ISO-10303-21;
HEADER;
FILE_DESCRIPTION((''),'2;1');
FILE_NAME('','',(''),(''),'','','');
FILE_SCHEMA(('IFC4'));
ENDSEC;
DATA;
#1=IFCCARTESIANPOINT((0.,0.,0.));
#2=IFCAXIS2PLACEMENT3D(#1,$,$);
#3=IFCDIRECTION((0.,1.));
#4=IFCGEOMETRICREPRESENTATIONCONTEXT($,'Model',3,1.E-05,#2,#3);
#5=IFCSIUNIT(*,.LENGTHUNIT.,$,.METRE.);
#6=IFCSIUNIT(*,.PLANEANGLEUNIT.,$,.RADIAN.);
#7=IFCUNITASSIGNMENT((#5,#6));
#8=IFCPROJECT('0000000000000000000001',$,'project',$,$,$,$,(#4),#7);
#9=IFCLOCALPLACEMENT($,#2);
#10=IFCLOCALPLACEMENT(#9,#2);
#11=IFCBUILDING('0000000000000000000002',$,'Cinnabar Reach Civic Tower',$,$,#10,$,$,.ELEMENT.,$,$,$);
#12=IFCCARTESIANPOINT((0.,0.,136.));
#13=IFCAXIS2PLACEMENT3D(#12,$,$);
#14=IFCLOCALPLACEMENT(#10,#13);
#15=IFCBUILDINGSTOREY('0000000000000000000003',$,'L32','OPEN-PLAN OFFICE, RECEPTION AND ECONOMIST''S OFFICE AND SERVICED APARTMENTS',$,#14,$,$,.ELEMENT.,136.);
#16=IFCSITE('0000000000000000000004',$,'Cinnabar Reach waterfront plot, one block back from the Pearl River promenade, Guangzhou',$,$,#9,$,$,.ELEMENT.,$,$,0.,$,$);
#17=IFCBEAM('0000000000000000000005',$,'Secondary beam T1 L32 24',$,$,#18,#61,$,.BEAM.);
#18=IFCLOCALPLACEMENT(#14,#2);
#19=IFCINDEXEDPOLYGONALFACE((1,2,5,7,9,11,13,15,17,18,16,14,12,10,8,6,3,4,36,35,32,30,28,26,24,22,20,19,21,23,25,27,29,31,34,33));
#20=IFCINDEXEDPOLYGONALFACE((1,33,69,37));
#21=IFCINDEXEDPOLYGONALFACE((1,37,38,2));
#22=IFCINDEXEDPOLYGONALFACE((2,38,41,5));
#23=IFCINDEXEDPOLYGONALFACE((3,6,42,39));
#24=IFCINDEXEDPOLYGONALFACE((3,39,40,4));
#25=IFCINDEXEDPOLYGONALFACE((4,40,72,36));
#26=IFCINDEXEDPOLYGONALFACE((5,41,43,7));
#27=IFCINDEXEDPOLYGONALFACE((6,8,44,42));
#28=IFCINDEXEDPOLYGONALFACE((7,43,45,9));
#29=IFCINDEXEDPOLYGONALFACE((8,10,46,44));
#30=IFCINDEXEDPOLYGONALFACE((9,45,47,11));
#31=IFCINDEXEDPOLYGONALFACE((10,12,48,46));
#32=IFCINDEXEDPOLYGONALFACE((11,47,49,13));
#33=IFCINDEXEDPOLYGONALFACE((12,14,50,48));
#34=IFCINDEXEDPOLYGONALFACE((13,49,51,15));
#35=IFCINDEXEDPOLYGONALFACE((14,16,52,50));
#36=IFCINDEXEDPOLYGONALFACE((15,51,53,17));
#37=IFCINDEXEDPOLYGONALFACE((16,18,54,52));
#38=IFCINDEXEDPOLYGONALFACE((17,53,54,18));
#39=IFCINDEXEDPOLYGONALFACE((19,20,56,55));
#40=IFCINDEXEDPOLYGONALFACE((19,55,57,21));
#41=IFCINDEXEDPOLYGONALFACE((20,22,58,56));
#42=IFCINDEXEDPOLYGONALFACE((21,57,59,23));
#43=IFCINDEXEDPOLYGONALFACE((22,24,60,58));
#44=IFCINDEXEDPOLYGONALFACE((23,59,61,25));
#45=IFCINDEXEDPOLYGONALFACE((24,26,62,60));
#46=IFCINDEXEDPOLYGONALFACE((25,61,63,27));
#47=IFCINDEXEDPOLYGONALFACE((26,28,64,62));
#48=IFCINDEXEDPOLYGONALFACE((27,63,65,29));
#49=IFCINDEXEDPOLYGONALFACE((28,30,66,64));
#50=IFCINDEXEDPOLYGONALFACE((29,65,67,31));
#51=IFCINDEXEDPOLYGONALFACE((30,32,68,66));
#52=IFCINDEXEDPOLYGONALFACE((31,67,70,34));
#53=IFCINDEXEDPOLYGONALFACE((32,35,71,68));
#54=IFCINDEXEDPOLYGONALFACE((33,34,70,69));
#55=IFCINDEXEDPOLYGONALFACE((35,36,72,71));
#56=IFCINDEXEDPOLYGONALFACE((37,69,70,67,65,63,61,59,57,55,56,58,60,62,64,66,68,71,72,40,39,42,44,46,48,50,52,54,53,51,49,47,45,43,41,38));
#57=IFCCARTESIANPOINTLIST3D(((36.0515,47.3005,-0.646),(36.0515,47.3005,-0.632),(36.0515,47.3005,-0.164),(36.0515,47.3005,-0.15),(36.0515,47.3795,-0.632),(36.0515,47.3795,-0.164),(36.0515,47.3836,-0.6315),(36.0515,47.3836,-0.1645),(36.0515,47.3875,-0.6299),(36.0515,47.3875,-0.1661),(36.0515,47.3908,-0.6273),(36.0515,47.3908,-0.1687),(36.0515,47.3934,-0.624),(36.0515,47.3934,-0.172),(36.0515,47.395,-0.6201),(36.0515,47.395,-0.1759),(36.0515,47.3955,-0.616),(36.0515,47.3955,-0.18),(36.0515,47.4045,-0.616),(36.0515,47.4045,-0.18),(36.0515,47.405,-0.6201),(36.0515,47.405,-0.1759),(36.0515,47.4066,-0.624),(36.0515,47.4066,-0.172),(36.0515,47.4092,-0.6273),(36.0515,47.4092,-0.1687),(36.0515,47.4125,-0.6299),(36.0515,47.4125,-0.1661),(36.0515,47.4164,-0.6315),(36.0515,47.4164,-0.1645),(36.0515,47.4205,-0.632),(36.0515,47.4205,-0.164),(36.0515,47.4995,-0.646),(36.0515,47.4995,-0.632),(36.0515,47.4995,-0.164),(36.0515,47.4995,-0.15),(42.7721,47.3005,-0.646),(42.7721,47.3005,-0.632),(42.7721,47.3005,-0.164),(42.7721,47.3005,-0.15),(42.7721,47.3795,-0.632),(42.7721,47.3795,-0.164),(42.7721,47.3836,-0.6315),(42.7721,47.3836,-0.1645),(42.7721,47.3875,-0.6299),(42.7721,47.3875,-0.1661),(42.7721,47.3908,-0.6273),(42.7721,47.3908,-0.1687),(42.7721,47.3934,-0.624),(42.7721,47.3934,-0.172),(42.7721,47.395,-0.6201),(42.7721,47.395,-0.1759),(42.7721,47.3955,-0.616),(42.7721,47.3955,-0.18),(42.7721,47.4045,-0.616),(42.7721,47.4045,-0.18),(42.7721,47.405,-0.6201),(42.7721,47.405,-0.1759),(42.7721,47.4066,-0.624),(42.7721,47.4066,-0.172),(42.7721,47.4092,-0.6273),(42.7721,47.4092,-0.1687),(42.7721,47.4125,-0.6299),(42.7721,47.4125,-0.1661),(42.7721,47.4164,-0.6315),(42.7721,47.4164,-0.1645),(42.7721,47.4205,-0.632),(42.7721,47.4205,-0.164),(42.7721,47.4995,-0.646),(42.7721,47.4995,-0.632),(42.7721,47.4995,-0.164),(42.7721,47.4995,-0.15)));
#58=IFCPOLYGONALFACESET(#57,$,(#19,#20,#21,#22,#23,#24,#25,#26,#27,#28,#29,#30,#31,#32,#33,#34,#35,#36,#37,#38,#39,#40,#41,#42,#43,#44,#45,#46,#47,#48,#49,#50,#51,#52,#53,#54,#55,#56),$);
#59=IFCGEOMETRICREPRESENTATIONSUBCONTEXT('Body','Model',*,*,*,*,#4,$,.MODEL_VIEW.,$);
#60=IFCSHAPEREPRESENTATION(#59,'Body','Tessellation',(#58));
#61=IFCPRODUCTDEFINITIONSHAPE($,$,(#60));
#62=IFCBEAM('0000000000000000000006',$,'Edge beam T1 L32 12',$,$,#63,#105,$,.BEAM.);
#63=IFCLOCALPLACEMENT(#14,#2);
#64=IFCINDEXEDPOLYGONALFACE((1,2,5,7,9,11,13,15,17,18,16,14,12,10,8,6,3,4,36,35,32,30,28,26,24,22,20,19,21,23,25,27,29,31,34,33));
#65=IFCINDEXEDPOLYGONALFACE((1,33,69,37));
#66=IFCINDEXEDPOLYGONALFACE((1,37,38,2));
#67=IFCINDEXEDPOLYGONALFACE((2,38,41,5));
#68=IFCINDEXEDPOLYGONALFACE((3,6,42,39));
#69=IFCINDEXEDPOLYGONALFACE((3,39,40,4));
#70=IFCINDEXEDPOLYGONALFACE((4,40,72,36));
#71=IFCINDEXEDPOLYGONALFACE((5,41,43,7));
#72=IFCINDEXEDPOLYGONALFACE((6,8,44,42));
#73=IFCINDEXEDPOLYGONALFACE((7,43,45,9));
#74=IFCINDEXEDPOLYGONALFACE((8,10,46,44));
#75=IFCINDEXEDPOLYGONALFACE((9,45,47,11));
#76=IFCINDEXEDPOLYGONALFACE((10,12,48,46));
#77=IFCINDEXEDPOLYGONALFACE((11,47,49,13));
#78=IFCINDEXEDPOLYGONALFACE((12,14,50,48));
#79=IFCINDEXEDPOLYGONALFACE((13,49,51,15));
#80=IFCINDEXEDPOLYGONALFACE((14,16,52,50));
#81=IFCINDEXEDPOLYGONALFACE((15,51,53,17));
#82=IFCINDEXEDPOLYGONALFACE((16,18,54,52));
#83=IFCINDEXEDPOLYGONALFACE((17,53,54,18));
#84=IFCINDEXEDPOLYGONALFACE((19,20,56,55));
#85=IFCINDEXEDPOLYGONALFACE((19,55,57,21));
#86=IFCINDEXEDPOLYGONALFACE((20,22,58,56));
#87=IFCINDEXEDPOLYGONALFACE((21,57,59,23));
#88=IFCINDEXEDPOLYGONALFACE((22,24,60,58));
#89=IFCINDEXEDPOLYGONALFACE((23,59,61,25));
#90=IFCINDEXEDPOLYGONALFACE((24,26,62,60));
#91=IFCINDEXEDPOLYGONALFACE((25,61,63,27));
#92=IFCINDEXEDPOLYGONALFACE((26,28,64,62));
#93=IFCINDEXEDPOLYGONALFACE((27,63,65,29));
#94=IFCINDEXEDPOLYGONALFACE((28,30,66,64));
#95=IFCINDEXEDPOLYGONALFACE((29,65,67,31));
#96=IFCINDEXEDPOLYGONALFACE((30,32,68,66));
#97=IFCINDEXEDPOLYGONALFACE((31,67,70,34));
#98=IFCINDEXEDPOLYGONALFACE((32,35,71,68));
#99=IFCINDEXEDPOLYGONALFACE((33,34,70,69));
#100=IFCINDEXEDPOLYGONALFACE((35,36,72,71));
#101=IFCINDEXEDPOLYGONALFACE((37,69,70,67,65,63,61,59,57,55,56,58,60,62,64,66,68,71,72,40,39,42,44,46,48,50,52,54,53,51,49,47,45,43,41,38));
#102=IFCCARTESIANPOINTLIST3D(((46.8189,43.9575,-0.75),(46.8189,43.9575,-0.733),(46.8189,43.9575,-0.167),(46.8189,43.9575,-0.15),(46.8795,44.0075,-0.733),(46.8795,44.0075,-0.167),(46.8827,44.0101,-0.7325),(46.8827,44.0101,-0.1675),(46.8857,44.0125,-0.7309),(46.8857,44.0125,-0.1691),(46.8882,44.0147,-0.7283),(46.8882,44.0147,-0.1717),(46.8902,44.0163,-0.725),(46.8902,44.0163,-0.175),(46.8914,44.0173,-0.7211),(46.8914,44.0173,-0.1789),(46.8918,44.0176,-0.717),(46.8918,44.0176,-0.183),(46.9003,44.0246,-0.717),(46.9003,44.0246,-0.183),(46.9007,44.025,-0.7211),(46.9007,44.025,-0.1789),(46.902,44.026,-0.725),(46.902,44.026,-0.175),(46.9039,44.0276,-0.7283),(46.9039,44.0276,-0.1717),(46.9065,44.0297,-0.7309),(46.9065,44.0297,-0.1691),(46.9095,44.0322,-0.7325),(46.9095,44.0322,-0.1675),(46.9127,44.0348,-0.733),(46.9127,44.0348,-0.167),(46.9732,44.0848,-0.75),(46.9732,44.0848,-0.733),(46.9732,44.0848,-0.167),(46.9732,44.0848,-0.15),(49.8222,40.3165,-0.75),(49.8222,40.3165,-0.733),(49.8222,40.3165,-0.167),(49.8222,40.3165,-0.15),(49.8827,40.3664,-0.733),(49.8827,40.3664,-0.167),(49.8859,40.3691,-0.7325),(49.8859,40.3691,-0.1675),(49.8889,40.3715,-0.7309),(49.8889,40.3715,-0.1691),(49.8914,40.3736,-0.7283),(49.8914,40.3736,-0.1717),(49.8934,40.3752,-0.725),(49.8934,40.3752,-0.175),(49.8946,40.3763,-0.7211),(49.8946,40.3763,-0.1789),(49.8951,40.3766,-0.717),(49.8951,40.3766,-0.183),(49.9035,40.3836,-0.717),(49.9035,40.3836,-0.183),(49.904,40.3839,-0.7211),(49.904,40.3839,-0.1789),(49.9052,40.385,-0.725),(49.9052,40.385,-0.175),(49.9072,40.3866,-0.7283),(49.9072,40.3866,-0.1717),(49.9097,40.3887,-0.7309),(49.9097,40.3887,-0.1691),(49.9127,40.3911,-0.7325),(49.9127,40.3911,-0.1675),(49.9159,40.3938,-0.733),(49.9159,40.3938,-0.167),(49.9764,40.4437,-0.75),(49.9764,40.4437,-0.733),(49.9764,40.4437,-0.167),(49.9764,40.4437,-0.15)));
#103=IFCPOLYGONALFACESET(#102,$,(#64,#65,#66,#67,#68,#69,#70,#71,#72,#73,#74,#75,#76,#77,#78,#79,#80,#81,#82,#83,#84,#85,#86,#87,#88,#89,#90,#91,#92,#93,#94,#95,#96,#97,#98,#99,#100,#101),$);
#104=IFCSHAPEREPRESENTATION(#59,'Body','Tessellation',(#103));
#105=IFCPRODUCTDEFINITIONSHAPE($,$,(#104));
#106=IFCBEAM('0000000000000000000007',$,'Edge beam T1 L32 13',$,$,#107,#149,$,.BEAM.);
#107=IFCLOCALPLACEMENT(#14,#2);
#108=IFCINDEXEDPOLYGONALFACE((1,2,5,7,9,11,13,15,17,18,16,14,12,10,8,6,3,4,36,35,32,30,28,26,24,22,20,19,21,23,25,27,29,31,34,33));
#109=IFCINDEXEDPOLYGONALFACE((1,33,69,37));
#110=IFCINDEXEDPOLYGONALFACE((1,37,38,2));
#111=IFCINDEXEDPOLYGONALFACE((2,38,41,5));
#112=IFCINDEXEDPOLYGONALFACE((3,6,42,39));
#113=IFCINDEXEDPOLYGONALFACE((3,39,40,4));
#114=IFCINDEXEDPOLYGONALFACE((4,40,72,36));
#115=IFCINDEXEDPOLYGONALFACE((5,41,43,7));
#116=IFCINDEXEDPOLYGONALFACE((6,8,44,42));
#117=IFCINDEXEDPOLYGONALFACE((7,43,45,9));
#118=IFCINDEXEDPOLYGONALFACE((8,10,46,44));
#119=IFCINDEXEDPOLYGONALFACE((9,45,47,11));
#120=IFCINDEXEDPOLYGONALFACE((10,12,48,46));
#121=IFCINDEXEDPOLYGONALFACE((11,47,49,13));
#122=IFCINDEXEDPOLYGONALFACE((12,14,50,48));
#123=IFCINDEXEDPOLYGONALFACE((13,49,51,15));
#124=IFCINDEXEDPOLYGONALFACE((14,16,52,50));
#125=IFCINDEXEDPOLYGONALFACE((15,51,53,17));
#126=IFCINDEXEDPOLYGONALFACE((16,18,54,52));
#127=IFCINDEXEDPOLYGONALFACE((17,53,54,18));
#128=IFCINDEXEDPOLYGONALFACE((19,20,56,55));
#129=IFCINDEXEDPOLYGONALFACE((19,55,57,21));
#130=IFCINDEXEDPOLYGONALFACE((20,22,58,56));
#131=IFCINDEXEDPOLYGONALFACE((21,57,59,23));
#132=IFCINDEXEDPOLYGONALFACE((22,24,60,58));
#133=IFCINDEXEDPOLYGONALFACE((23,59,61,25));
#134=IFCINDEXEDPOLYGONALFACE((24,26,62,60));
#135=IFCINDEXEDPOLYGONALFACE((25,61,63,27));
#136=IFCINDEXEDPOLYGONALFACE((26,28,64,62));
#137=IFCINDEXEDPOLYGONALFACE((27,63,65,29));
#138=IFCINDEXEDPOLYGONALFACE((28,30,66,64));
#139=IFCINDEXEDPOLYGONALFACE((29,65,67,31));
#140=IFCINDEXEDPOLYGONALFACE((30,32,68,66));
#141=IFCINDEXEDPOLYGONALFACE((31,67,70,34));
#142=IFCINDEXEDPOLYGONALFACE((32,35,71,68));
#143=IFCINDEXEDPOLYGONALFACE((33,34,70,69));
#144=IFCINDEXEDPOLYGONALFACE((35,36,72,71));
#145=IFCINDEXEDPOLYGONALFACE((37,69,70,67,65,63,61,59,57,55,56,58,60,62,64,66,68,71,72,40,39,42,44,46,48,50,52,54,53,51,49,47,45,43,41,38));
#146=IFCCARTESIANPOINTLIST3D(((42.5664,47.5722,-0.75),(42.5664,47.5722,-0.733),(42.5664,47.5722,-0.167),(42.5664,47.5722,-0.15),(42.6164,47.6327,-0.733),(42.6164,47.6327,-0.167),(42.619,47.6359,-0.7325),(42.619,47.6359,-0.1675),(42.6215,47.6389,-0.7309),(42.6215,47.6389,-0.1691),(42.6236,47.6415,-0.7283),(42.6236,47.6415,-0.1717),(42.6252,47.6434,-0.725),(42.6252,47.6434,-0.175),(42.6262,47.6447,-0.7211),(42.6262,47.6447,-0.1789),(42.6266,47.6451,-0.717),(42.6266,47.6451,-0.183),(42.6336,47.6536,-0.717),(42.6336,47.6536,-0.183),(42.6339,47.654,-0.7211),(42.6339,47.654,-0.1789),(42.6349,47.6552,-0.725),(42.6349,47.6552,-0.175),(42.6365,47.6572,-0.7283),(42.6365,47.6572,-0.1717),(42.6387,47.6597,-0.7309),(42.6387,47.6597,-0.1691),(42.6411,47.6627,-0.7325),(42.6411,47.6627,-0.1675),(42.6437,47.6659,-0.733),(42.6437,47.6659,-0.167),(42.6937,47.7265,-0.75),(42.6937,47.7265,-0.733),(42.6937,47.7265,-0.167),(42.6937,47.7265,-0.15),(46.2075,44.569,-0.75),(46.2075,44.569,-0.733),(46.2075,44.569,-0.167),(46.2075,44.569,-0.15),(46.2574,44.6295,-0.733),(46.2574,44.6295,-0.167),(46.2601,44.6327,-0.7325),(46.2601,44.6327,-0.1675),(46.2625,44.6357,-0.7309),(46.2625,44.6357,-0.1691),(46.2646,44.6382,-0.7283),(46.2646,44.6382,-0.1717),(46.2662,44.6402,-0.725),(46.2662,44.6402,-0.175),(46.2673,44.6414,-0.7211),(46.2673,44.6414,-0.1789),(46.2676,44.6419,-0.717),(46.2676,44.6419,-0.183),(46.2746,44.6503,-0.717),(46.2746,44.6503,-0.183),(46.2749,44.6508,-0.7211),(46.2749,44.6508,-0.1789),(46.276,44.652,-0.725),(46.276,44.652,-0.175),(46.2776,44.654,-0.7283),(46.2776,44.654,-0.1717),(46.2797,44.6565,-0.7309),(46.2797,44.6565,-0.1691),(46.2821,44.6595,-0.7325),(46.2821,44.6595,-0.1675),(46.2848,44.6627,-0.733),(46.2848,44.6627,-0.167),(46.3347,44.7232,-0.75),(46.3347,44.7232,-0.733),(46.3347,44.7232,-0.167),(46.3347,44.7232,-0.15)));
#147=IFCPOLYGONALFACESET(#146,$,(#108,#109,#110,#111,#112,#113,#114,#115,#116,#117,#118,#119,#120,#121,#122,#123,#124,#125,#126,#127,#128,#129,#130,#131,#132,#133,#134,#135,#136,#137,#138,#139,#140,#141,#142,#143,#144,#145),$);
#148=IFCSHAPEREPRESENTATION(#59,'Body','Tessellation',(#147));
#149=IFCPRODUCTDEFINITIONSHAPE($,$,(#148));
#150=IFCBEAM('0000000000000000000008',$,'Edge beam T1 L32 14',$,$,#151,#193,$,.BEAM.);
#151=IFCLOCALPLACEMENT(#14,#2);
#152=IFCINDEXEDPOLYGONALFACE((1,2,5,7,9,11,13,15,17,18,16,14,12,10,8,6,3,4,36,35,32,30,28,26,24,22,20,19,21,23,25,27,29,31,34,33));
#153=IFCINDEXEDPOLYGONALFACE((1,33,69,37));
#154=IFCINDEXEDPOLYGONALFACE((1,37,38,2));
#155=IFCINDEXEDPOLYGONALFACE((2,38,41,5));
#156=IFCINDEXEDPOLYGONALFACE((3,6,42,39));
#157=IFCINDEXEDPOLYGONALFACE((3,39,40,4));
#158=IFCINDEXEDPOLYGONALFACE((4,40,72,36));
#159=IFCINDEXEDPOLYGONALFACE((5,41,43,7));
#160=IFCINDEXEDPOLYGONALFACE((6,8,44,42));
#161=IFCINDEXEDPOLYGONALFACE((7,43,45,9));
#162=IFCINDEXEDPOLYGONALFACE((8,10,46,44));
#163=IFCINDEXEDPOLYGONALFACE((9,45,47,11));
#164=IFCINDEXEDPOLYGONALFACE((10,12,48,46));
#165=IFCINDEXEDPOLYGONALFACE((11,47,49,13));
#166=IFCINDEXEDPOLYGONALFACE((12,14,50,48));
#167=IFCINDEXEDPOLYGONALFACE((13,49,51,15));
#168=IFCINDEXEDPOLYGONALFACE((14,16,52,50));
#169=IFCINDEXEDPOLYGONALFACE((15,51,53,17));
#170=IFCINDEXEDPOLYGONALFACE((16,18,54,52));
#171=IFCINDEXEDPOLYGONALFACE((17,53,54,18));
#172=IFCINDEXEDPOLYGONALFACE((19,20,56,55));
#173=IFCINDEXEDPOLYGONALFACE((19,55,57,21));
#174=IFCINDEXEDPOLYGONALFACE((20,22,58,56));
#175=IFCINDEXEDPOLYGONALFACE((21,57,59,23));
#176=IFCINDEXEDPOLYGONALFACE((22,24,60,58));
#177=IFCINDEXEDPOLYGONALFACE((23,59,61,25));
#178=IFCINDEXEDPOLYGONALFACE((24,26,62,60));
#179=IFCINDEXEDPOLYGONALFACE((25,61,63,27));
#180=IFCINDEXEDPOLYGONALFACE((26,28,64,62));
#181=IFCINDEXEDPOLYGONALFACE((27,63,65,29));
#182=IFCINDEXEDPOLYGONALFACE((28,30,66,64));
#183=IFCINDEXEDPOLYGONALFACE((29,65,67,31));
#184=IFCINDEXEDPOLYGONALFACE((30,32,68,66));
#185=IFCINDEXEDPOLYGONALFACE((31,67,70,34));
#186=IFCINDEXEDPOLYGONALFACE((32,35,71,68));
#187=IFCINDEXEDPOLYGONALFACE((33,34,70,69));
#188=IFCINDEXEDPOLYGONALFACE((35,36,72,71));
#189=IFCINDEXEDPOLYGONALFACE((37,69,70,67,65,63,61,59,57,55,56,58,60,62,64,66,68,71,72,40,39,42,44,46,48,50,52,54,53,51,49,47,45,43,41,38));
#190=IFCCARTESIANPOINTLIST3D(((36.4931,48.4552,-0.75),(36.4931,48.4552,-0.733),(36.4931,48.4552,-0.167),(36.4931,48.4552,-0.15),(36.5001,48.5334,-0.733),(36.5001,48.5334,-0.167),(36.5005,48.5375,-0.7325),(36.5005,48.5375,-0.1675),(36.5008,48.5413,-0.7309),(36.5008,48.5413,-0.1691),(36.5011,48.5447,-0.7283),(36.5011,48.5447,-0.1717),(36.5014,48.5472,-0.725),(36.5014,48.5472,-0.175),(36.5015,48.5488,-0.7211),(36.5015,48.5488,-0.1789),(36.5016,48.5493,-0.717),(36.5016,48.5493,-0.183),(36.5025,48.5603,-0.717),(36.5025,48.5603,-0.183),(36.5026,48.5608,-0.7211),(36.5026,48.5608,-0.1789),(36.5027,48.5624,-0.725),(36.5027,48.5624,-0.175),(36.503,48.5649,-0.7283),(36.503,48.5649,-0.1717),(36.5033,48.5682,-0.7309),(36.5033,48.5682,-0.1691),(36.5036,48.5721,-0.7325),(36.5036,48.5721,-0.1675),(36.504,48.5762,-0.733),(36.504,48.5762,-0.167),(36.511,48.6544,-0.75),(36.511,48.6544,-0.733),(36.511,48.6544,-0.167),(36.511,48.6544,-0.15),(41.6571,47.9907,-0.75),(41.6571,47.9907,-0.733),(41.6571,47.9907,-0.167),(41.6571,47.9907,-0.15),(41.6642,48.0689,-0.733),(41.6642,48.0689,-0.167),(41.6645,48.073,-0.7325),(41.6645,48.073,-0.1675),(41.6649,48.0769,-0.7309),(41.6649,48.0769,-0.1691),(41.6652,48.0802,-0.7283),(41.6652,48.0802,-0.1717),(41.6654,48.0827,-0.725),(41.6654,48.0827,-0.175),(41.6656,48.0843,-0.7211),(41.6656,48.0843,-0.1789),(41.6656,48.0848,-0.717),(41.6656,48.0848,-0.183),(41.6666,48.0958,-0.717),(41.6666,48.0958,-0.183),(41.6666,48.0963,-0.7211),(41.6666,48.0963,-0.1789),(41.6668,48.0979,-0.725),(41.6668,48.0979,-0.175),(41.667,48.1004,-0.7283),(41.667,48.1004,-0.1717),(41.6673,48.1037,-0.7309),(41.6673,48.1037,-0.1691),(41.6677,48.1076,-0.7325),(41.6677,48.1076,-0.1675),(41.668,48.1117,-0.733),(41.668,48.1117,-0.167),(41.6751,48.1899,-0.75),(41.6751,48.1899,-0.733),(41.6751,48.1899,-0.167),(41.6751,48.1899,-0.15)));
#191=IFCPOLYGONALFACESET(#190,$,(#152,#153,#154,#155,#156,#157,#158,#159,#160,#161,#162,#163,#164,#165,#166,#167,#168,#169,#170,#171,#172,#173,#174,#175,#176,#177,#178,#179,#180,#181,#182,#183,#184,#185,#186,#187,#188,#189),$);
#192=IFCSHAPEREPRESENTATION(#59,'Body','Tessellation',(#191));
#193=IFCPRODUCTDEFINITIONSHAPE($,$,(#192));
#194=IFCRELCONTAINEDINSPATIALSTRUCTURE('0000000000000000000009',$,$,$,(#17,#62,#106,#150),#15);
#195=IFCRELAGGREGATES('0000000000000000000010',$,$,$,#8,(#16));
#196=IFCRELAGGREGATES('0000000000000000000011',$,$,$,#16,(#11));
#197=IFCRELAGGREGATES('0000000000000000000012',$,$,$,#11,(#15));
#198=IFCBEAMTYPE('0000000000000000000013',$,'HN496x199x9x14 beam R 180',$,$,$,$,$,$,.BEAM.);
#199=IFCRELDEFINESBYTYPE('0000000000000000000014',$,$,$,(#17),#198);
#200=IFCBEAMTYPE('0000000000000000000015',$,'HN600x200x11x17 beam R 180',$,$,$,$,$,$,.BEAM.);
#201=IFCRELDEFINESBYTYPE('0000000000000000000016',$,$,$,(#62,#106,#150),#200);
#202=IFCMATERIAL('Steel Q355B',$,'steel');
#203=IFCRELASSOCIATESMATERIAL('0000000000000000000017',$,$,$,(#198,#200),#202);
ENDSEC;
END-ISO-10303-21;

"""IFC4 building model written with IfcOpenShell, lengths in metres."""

from ifc_helpers import new_model, si_unit, direction, frame, origin, origin_2d, place, context, subcontext, project, spatial, i_section, extrude, material, material_profile, profile_set, type_object, element, save


model = new_model("IFC4")

# Units and contexts
model_context = context("Model", 3, precision=1e-05, world=origin(), true_north=direction((0.0, 1.0)))
body_context = subcontext(model_context, "Body", "Model", "MODEL_VIEW")
ifc_project = project(units=[si_unit("LENGTHUNIT", "METRE"), si_unit("PLANEANGLEUNIT", "RADIAN")], contexts=[model_context])

# Site, building, storey
site_placement = place(None, origin())
site = spatial("IfcSite", under=ifc_project, at=site_placement, Name="Cinnabar Reach waterfront plot, one block back from the Pearl River promenade, Guangzhou", CompositionType="ELEMENT", RefElevation=0.0)
building_placement = place(site_placement, origin())
building = spatial("IfcBuilding", under=site, at=building_placement, Name="Cinnabar Reach Civic Tower", CompositionType="ELEMENT")
storey_placement = place(building_placement, frame((0.0, 0.0, 136.0)))
storey = spatial("IfcBuildingStorey", under=building, at=storey_placement, Name="L32", Description="OPEN-PLAN OFFICE, RECEPTION AND ECONOMIST'S OFFICE AND SERVICED APARTMENTS", CompositionType="ELEMENT", Elevation=136.0)

# Beams
ifc_material_1 = material(Name="Steel Q355B", Category="steel")
ifc_material_profile_1 = material_profile(ifc_material_1, i_section(OverallWidth=0.199, OverallDepth=0.496, WebThickness=0.009, FlangeThickness=0.014, FilletRadius=0.016, at=origin_2d()), Name="HN496x199x9x14")
ifc_profile_set_1 = profile_set([ifc_material_profile_1], Name="Steel Q355B")
beam_type_1 = type_object("IfcBeamType", Name="HN496x199x9x14 beam R 180", PredefinedType="BEAM", material=ifc_profile_set_1)
beam_1_placement = place(storey_placement, frame((36.0515, 47.4, -0.398), z_axis=(1.0, 0.0, 0.0), x_axis=(0.0, 1.0, 0.0)))
element("IfcBeam", 1, at=beam_1_placement, inside=storey, type_object=beam_type_1, Name="Secondary beam T1 L32 24", PredefinedType="BEAM", context=body_context, shape_type="SweptSolid", body=[
    extrude(i_section(OverallWidth=0.199, OverallDepth=0.496, WebThickness=0.009, FlangeThickness=0.014, FilletRadius=0.016, at=origin_2d()), origin(), (0.0, 0.0, 1.0), 6.7206),
])
ifc_material_profile_2 = material_profile(ifc_material_1, i_section(OverallWidth=0.2, OverallDepth=0.6, WebThickness=0.011, FlangeThickness=0.017, FilletRadius=0.016, at=origin_2d()), Name="HN600x200x11x17")
ifc_profile_set_2 = profile_set([ifc_material_profile_2], Name="Steel Q355B")
beam_type_2 = type_object("IfcBeamType", Name="HN600x200x11x17 beam R 180", PredefinedType="BEAM", material=ifc_profile_set_2)
for number, where, z_axis, x_axis, name in (
    (2, (49.8993, 40.3801, -0.45), (-0.636304, 0.771438, 0.0), (-0.771438, -0.636304, 0.0), "Edge beam T1 L32 12"),
    (3, (46.2711, 44.6461, -0.45), (-0.771438, 0.636304, 0.0), (-0.636304, -0.771438, 0.0), "Edge beam T1 L32 13"),
):
    element("IfcBeam", number, at=place(storey_placement, frame(where, z_axis=z_axis, x_axis=x_axis)), inside=storey, type_object=beam_type_2, Name=name, PredefinedType="BEAM", context=body_context, shape_type="SweptSolid", body=[
        extrude(i_section(OverallWidth=0.2, OverallDepth=0.6, WebThickness=0.011, FlangeThickness=0.017, FilletRadius=0.016, at=origin_2d()), origin(), (0.0, 0.0, 1.0), 4.7198),
    ])
beam_2_placement = place(storey_placement, frame((41.6661, 48.0903, -0.45), z_axis=(-0.995979, 0.089586, 0.0), x_axis=(-0.089586, -0.995979, 0.0)))
element("IfcBeam", 4, at=beam_2_placement, inside=storey, type_object=beam_type_2, Name="Edge beam T1 L32 14", PredefinedType="BEAM", context=body_context, shape_type="SweptSolid", body=[
    extrude(i_section(OverallWidth=0.2, OverallDepth=0.6, WebThickness=0.011, FlangeThickness=0.017, FilletRadius=0.016, at=origin_2d()), origin(), (0.0, 0.0, 1.0), 5.1849),
])

save(model, "model.ifc")
